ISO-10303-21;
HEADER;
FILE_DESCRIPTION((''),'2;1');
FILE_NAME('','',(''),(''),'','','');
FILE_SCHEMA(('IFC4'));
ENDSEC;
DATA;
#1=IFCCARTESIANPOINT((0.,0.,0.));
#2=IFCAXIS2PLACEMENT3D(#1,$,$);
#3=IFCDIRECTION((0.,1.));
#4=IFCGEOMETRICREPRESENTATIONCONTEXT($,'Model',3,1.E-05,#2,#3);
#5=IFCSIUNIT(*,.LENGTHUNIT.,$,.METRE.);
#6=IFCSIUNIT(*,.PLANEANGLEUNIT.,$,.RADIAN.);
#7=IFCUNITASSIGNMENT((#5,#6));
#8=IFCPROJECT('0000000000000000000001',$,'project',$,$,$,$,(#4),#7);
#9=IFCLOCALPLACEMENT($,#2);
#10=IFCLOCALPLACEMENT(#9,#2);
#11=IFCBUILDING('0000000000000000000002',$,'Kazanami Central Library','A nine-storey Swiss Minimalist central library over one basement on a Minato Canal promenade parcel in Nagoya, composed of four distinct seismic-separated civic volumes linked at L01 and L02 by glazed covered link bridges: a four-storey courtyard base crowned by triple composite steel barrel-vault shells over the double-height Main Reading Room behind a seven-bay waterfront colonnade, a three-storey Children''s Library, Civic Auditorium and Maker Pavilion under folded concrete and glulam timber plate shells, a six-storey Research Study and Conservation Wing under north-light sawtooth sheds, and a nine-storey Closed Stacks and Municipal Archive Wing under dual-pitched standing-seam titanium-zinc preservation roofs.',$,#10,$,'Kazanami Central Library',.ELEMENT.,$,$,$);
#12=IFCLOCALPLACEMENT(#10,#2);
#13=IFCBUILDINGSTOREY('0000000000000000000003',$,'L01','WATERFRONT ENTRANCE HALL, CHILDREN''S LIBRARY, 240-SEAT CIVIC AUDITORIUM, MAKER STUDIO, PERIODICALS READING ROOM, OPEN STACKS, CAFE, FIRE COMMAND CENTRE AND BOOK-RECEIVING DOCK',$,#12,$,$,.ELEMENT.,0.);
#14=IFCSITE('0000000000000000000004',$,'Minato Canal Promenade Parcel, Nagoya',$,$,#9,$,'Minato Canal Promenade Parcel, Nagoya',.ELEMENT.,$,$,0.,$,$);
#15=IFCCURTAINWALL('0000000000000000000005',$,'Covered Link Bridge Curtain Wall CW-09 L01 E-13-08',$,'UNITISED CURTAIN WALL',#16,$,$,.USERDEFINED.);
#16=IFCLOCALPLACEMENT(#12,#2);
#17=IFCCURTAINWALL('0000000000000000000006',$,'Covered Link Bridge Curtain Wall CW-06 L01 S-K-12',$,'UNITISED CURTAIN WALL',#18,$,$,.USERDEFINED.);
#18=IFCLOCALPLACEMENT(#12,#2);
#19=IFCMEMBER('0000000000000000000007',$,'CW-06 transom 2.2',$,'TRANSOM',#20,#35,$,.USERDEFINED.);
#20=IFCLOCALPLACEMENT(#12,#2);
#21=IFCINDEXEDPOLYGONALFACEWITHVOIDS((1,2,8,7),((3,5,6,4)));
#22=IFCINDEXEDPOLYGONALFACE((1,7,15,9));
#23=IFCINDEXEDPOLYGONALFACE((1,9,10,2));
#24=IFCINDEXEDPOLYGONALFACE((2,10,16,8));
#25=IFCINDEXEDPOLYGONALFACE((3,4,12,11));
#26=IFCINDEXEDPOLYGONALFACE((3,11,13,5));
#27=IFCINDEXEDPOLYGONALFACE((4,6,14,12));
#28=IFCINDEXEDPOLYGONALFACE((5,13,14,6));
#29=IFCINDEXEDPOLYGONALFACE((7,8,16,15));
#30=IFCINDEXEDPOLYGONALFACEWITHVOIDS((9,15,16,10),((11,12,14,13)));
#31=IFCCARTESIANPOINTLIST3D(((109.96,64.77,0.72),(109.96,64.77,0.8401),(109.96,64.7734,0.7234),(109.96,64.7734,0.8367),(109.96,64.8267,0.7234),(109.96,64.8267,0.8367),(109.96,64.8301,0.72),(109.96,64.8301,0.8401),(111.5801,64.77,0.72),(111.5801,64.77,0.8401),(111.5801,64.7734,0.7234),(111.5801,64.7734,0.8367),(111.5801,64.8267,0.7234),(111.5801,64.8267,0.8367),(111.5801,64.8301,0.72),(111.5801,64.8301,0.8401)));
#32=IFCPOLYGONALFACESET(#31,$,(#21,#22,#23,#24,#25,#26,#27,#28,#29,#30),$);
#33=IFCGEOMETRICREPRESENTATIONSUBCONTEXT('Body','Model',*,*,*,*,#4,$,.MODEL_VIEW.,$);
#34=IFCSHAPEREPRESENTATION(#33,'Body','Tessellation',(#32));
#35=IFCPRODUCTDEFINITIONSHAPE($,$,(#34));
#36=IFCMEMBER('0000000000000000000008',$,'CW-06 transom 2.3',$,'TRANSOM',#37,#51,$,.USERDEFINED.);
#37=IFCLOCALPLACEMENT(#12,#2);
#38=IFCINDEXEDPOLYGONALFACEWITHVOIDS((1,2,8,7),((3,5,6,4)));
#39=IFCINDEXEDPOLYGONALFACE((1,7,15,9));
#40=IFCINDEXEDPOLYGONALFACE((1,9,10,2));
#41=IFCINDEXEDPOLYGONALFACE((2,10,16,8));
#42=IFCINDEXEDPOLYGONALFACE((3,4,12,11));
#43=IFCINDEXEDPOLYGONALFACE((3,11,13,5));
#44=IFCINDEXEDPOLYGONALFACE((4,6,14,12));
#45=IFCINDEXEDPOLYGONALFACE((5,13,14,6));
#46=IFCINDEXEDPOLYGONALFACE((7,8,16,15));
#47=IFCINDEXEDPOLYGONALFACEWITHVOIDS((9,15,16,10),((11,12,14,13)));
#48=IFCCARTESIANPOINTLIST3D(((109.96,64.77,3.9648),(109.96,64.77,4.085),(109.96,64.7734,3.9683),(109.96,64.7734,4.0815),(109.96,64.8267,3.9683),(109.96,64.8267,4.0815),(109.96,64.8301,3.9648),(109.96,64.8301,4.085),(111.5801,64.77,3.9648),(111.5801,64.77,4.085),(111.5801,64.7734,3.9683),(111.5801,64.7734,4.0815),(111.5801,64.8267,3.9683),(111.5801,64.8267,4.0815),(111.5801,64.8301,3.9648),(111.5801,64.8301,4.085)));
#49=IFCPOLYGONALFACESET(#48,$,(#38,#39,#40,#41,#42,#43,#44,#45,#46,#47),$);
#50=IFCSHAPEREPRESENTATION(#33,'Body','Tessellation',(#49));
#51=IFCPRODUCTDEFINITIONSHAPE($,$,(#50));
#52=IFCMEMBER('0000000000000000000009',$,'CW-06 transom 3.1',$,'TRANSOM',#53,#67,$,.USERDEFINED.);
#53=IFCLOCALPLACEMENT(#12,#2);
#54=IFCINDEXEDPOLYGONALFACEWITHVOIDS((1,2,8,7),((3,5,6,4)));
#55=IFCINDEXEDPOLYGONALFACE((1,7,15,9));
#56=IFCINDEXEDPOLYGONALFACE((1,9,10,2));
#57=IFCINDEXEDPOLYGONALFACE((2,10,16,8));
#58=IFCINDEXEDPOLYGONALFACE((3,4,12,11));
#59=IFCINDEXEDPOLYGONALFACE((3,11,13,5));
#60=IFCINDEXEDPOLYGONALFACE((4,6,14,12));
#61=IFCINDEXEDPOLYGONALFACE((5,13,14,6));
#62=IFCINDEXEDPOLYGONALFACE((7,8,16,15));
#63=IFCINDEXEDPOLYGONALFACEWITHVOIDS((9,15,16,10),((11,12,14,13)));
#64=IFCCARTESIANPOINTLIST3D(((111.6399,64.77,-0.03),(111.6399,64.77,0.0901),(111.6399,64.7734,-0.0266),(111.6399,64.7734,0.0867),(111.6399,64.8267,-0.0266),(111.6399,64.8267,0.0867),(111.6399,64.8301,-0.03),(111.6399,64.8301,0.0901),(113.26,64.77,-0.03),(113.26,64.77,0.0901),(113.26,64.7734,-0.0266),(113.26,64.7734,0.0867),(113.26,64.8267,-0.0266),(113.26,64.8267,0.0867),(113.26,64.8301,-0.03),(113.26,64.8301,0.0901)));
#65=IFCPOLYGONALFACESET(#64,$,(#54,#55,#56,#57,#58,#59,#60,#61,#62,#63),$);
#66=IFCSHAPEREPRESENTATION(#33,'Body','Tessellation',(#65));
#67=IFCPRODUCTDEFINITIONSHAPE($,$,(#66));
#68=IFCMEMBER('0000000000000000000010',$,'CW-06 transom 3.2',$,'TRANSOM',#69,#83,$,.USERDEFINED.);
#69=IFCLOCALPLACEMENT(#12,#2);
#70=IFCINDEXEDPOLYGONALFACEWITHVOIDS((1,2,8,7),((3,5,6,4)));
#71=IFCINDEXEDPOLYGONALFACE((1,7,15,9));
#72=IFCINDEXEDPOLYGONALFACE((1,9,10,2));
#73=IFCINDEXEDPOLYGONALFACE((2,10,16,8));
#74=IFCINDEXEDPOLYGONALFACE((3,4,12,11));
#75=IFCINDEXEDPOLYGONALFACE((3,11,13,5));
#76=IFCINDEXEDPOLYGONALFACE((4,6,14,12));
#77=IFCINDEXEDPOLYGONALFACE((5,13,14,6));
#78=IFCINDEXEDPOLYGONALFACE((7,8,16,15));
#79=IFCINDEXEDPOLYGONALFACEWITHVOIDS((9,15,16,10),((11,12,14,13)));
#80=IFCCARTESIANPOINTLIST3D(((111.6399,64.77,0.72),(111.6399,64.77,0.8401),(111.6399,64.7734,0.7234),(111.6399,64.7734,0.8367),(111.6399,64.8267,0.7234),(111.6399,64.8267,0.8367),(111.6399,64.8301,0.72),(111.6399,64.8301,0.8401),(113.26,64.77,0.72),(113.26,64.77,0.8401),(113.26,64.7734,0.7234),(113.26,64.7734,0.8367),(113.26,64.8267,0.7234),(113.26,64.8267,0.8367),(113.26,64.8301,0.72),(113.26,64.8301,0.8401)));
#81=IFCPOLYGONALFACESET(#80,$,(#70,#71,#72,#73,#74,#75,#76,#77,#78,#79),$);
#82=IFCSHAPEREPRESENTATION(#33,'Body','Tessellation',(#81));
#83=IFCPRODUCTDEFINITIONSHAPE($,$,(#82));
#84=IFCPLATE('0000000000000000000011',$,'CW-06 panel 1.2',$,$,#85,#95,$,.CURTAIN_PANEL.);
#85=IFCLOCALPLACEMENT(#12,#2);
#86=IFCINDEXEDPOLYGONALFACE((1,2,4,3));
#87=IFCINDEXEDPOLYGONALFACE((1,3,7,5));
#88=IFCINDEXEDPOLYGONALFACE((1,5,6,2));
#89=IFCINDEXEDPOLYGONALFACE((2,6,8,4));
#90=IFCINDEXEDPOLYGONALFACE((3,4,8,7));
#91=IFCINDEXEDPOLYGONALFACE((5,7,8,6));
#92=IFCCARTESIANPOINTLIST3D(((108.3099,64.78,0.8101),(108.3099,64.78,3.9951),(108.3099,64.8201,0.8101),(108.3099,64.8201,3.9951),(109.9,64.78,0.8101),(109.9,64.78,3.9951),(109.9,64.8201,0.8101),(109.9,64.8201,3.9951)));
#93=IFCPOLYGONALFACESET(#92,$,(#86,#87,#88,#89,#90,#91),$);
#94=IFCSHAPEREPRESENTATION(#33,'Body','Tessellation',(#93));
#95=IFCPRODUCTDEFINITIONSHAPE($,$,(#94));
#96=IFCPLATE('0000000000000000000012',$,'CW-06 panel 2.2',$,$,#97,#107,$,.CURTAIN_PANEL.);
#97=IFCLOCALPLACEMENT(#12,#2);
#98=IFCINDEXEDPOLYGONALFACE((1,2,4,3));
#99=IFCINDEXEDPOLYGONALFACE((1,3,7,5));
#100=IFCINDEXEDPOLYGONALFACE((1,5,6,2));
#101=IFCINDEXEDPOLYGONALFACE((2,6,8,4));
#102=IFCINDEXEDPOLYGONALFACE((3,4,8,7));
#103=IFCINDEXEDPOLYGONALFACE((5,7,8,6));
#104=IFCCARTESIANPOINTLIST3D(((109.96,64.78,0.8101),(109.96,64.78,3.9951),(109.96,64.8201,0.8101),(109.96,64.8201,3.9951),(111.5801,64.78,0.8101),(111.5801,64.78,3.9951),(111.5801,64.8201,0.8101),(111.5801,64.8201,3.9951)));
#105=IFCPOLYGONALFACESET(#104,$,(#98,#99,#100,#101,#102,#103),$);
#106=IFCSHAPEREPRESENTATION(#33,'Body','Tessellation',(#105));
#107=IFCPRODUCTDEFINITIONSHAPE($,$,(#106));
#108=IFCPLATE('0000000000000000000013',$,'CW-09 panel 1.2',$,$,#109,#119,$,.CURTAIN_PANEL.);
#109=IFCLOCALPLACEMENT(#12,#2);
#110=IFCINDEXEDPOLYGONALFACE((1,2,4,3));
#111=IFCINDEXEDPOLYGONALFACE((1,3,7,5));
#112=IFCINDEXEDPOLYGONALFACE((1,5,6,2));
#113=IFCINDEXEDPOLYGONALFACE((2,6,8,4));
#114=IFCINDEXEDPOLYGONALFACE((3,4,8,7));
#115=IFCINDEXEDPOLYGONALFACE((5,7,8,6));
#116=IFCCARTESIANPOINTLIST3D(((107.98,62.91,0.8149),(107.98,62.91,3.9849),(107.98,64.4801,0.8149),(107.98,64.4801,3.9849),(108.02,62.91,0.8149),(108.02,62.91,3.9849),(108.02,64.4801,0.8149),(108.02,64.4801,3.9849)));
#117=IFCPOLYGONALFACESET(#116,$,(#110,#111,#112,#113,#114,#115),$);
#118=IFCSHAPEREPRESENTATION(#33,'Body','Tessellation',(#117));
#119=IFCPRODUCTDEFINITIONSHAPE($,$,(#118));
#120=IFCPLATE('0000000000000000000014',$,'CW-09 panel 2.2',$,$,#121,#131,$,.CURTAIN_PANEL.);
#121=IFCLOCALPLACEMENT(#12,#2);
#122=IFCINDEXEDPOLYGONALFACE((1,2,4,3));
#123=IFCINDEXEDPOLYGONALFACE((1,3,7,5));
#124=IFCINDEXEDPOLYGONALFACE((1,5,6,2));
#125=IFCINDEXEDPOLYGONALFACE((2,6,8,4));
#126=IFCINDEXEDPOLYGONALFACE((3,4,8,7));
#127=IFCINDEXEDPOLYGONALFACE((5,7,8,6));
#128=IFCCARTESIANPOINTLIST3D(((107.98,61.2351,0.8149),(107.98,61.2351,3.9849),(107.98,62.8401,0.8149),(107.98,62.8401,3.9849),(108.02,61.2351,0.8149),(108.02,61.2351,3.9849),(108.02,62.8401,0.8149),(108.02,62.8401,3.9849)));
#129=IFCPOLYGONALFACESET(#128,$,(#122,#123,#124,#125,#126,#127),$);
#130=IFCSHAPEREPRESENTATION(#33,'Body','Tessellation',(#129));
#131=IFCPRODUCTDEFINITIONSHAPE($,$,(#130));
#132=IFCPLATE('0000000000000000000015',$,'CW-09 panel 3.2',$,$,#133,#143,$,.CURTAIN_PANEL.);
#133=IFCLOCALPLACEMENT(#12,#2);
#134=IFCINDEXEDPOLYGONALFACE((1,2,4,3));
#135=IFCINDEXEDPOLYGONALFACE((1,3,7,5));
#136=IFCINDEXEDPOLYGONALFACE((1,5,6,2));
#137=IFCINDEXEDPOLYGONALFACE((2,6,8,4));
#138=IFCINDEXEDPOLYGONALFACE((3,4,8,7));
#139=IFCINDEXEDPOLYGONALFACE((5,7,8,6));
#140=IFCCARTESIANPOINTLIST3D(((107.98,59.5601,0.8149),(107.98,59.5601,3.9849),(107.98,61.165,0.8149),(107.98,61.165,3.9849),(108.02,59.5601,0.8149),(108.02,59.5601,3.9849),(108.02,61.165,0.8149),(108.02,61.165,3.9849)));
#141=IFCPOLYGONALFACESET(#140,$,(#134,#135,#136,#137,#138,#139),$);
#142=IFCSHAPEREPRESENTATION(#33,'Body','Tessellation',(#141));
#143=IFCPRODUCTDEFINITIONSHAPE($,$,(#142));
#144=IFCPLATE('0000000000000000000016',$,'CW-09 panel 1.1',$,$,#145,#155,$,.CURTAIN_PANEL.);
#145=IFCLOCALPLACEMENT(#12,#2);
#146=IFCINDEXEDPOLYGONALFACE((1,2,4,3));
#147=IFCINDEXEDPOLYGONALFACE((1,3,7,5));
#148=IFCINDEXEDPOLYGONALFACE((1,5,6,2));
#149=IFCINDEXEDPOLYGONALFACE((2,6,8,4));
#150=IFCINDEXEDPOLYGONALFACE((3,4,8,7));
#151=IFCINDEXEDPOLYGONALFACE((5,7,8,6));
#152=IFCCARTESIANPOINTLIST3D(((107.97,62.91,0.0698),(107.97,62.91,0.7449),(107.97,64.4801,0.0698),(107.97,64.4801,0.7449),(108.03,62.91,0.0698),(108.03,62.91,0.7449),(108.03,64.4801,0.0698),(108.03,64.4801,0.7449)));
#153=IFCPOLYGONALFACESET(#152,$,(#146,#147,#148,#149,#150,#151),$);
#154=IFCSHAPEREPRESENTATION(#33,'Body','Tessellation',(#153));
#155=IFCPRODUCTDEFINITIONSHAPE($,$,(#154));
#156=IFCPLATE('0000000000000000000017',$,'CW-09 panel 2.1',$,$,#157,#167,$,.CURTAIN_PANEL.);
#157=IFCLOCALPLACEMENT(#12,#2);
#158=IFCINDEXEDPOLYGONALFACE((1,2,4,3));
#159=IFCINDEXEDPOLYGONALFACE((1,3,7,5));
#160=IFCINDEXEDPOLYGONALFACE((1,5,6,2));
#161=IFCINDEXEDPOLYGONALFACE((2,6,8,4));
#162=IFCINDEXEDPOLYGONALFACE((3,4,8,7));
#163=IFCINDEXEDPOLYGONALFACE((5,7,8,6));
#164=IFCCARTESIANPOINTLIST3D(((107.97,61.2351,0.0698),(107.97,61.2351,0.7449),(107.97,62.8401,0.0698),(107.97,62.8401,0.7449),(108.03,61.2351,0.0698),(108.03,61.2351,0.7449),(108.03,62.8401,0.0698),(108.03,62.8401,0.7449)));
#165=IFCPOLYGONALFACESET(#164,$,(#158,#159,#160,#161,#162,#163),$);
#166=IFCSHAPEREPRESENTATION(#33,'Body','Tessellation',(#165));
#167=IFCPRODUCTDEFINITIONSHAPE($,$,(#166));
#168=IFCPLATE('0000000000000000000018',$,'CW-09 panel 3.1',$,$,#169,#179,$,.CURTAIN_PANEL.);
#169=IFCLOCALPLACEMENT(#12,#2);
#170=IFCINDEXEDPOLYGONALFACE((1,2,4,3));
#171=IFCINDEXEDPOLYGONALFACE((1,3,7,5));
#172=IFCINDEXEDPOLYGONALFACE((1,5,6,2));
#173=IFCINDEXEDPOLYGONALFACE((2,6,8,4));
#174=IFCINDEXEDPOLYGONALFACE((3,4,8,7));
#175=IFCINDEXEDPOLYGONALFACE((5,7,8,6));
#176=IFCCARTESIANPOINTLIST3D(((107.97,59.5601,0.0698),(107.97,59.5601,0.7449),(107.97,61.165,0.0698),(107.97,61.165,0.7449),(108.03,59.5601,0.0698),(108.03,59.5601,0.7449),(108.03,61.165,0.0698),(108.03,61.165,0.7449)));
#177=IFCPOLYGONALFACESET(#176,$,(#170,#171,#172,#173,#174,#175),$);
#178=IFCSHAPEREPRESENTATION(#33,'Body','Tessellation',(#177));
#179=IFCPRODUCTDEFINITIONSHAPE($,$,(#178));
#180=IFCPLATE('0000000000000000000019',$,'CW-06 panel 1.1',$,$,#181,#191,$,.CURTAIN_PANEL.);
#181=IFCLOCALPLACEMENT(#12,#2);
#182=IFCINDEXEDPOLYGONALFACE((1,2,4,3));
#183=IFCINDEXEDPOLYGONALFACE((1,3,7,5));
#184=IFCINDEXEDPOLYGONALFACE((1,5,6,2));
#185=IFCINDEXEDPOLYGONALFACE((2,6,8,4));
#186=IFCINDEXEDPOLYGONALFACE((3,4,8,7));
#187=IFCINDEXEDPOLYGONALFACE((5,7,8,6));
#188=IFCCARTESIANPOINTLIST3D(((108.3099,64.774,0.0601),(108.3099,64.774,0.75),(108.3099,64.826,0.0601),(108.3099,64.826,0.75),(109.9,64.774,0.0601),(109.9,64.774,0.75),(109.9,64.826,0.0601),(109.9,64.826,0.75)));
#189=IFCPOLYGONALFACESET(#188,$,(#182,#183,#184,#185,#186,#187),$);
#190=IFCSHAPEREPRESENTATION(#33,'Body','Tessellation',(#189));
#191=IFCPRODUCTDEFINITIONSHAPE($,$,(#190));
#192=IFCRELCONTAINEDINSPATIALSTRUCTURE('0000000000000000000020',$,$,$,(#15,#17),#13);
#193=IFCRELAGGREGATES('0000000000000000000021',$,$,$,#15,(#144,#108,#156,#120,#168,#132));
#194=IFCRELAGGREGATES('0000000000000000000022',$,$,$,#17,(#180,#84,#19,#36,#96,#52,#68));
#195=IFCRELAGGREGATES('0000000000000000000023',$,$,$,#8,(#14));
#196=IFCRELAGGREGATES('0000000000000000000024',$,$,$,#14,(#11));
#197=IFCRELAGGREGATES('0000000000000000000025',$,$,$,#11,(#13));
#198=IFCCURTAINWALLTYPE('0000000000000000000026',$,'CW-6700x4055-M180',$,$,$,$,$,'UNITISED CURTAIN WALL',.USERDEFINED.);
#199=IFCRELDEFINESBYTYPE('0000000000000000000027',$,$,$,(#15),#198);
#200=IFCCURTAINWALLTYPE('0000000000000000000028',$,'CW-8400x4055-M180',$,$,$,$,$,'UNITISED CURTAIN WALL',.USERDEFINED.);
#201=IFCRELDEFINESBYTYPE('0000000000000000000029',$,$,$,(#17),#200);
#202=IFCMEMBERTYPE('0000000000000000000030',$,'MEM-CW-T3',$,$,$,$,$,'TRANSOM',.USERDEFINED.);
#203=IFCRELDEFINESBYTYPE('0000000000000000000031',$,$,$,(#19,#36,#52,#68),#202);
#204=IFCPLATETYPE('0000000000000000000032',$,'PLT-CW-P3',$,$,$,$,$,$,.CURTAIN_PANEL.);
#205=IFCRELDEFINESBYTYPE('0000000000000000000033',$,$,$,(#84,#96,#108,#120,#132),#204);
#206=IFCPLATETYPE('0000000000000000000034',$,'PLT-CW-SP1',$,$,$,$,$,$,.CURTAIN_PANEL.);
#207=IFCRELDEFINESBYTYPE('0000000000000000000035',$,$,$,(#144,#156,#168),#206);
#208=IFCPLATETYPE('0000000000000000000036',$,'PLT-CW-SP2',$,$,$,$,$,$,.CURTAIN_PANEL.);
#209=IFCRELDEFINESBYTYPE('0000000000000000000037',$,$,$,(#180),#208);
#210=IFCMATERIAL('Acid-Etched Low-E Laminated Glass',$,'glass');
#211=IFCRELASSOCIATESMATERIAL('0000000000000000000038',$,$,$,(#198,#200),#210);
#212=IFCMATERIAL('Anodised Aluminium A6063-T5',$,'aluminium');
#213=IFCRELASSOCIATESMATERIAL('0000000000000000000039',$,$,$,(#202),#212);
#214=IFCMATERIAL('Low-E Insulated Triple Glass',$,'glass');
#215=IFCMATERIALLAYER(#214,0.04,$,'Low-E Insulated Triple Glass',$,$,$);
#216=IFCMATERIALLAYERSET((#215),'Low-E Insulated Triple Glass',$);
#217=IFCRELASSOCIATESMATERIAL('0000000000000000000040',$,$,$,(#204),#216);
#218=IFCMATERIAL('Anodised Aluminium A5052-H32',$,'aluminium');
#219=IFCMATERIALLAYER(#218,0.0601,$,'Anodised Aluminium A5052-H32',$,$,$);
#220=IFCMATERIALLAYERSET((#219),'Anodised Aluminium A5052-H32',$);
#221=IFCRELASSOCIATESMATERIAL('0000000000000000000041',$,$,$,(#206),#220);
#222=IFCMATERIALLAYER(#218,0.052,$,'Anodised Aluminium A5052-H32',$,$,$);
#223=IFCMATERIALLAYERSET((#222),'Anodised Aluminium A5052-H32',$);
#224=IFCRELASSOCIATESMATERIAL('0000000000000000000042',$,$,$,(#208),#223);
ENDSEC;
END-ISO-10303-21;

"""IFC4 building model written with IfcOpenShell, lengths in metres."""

from ifc_helpers import new_model, si_unit, direction, frame, origin, origin_2d, place, context, subcontext, project, spatial, rectangle, hollow_rectangle, extrude, material, layer, layer_set, material_profile, profile_set, type_object, element, aggregate, save


model = new_model("IFC4")

# Units and contexts
model_context = context("Model", 3, precision=1e-05, world=origin(), true_north=direction((0.0, 1.0)))
body_context = subcontext(model_context, "Body", "Model", "MODEL_VIEW")
ifc_project = project(units=[si_unit("LENGTHUNIT", "METRE"), si_unit("PLANEANGLEUNIT", "RADIAN")], contexts=[model_context])

# Site, building, storey
site_placement = place(None, origin())
site = spatial("IfcSite", under=ifc_project, at=site_placement, Name="Minato Canal Promenade Parcel, Nagoya", LongName="Minato Canal Promenade Parcel, Nagoya", CompositionType="ELEMENT", RefElevation=0.0)
building_placement = place(site_placement, origin())
building = spatial("IfcBuilding", under=site, at=building_placement, Name="Kazanami Central Library", Description="A nine-storey Swiss Minimalist central library over one basement on a Minato Canal promenade parcel in Nagoya, composed of four distinct seismic-separated civic volumes linked at L01 and L02 by glazed covered link bridges: a four-storey courtyard base crowned by triple composite steel barrel-vault shells over the double-height Main Reading Room behind a seven-bay waterfront colonnade, a three-storey Children's Library, Civic Auditorium and Maker Pavilion under folded concrete and glulam timber plate shells, a six-storey Research Study and Conservation Wing under north-light sawtooth sheds, and a nine-storey Closed Stacks and Municipal Archive Wing under dual-pitched standing-seam titanium-zinc preservation roofs.", LongName="Kazanami Central Library", CompositionType="ELEMENT")
storey_placement = place(building_placement, origin())
storey = spatial("IfcBuildingStorey", under=building, at=storey_placement, Name="L01", Description="WATERFRONT ENTRANCE HALL, CHILDREN'S LIBRARY, 240-SEAT CIVIC AUDITORIUM, MAKER STUDIO, PERIODICALS READING ROOM, OPEN STACKS, CAFE, FIRE COMMAND CENTRE AND BOOK-RECEIVING DOCK", CompositionType="ELEMENT", Elevation=0.0)

# Curtain walls
ifc_material_1 = material(Name="Acid-Etched Low-E Laminated Glass", Category="glass")
curtain_wall_type_1 = type_object("IfcCurtainWallType", Name="CW-6700x4055-M180", ElementType="UNITISED CURTAIN WALL", PredefinedType="USERDEFINED", material=ifc_material_1)
curtain_wall_1_placement = place(storey_placement, origin())
curtain_wall_1 = element("IfcCurtainWall", 1, at=curtain_wall_1_placement, inside=storey, type_object=curtain_wall_type_1, Name="Covered Link Bridge Curtain Wall CW-09 L01 E-13-08", ObjectType="UNITISED CURTAIN WALL", PredefinedType="USERDEFINED")
ifc_material_2 = material(Name="Anodised Aluminium A6063-T5", Category="aluminium")
curtain_wall_type_2 = type_object("IfcCurtainWallType", Name="CW-8400x4055-M180", ElementType="UNITISED CURTAIN WALL", PredefinedType="USERDEFINED", material=ifc_material_1)
curtain_wall_2_placement = place(storey_placement, origin())
curtain_wall_2 = element("IfcCurtainWall", 2, at=curtain_wall_2_placement, inside=storey, type_object=curtain_wall_type_2, Name="Covered Link Bridge Curtain Wall CW-06 L01 S-K-12", ObjectType="UNITISED CURTAIN WALL", PredefinedType="USERDEFINED")

# Members
ifc_material_profile_1 = material_profile(ifc_material_2, hollow_rectangle(XDim=0.0601, YDim=0.1201, WallThickness=0.0034, at=origin_2d()), Name="ALU-TRAN-60x120x3.5")
ifc_profile_set_1 = profile_set([ifc_material_profile_1], Name="Anodised Aluminium A6063-T5")
member_type_1 = type_object("IfcMemberType", Name="MEM-CW-T3", ElementType="TRANSOM", PredefinedType="USERDEFINED", material=ifc_profile_set_1)
member_1_placement = place(storey_placement, frame((109.96, 64.8, 0.78), z_axis=(1.0, 0.0, 0.0), x_axis=(0.0, 1.0, 0.0)))
member_1 = element("IfcMember", 3, at=member_1_placement, type_object=member_type_1, Name="CW-06 transom 2.2", ObjectType="TRANSOM", PredefinedType="USERDEFINED", context=body_context, shape_type="SweptSolid", body=[
    extrude(hollow_rectangle(XDim=0.0601, YDim=0.1201, WallThickness=0.0034, at=origin_2d()), origin(), (0.0, 0.0, 1.0), 1.6201),
])
member_2_placement = place(storey_placement, frame((109.96, 64.8, 4.0249), z_axis=(1.0, 0.0, 0.0), x_axis=(0.0, 1.0, 0.0)))
member_2 = element("IfcMember", 4, at=member_2_placement, type_object=member_type_1, Name="CW-06 transom 2.3", ObjectType="TRANSOM", PredefinedType="USERDEFINED", context=body_context, shape_type="SweptSolid", body=[
    extrude(hollow_rectangle(XDim=0.0601, YDim=0.1201, WallThickness=0.0034, at=origin_2d()), origin(), (0.0, 0.0, 1.0), 1.6201),
])
member_3_placement = place(storey_placement, frame((111.6399, 64.8, 0.03), z_axis=(1.0, 0.0, 0.0), x_axis=(0.0, 1.0, 0.0)))
member_3 = element("IfcMember", 5, at=member_3_placement, type_object=member_type_1, Name="CW-06 transom 3.1", ObjectType="TRANSOM", PredefinedType="USERDEFINED", context=body_context, shape_type="SweptSolid", body=[
    extrude(hollow_rectangle(XDim=0.0601, YDim=0.1201, WallThickness=0.0034, at=origin_2d()), origin(), (0.0, 0.0, 1.0), 1.6201),
])
member_4_placement = place(storey_placement, frame((111.6399, 64.8, 0.78), z_axis=(1.0, 0.0, 0.0), x_axis=(0.0, 1.0, 0.0)))
member_4 = element("IfcMember", 6, at=member_4_placement, type_object=member_type_1, Name="CW-06 transom 3.2", ObjectType="TRANSOM", PredefinedType="USERDEFINED", context=body_context, shape_type="SweptSolid", body=[
    extrude(hollow_rectangle(XDim=0.0601, YDim=0.1201, WallThickness=0.0034, at=origin_2d()), origin(), (0.0, 0.0, 1.0), 1.6201),
])

# Plates
ifc_material_3 = material(Name="Low-E Insulated Triple Glass", Category="glass")
ifc_layer_1 = layer(ifc_material_3, 0.04, Name="Low-E Insulated Triple Glass")
ifc_layer_set_1 = layer_set([ifc_layer_1], Name="Low-E Insulated Triple Glass")
plate_type_1 = type_object("IfcPlateType", Name="PLT-CW-P3", PredefinedType="CURTAIN_PANEL", material=ifc_layer_set_1)
plate_1_placement = place(storey_placement, frame((109.105, 64.8, 0.8101), z_axis=(0.0, 0.0, 1.0), x_axis=(1.0, 0.0, 0.0)))
plate_1 = element("IfcPlate", 7, at=plate_1_placement, type_object=plate_type_1, Name="CW-06 panel 1.2", PredefinedType="CURTAIN_PANEL", context=body_context, shape_type="SweptSolid", body=[
    extrude(rectangle(XDim=1.5901, YDim=0.04, at=origin_2d()), origin(), (0.0, 0.0, 1.0), 3.1851),
])
plate_2_placement = place(storey_placement, frame((110.77, 64.8, 0.8101), z_axis=(0.0, 0.0, 1.0), x_axis=(1.0, 0.0, 0.0)))
plate_2 = element("IfcPlate", 8, at=plate_2_placement, type_object=plate_type_1, Name="CW-06 panel 2.2", PredefinedType="CURTAIN_PANEL", context=body_context, shape_type="SweptSolid", body=[
    extrude(rectangle(XDim=1.6201, YDim=0.04, at=origin_2d()), origin(), (0.0, 0.0, 1.0), 3.1851),
])
plate_3_placement = place(storey_placement, frame((108.0, 63.6951, 0.8149), z_axis=(0.0, 0.0, 1.0), x_axis=(0.0, -1.0, 0.0)))
plate_3 = element("IfcPlate", 9, at=plate_3_placement, type_object=plate_type_1, Name="CW-09 panel 1.2", PredefinedType="CURTAIN_PANEL", context=body_context, shape_type="SweptSolid", body=[
    extrude(rectangle(XDim=1.5701, YDim=0.04, at=origin_2d()), origin(), (0.0, 0.0, 1.0), 3.1699),
])
plate_4_placement = place(storey_placement, frame((108.0, 62.0376, 0.8149), z_axis=(0.0, 0.0, 1.0), x_axis=(0.0, -1.0, 0.0)))
plate_4 = element("IfcPlate", 10, at=plate_4_placement, type_object=plate_type_1, Name="CW-09 panel 2.2", PredefinedType="CURTAIN_PANEL", context=body_context, shape_type="SweptSolid", body=[
    extrude(rectangle(XDim=1.605, YDim=0.04, at=origin_2d()), origin(), (0.0, 0.0, 1.0), 3.1699),
])
plate_5_placement = place(storey_placement, frame((108.0, 60.3625, 0.8149), z_axis=(0.0, 0.0, 1.0), x_axis=(0.0, -1.0, 0.0)))
plate_5 = element("IfcPlate", 11, at=plate_5_placement, type_object=plate_type_1, Name="CW-09 panel 3.2", PredefinedType="CURTAIN_PANEL", context=body_context, shape_type="SweptSolid", body=[
    extrude(rectangle(XDim=1.605, YDim=0.04, at=origin_2d()), origin(), (0.0, 0.0, 1.0), 3.1699),
])
ifc_material_4 = material(Name="Anodised Aluminium A5052-H32", Category="aluminium")
ifc_layer_2 = layer(ifc_material_4, 0.0601, Name="Anodised Aluminium A5052-H32")
ifc_layer_set_2 = layer_set([ifc_layer_2], Name="Anodised Aluminium A5052-H32")
plate_type_2 = type_object("IfcPlateType", Name="PLT-CW-SP1", PredefinedType="CURTAIN_PANEL", material=ifc_layer_set_2)
plate_6_placement = place(storey_placement, frame((108.0, 63.6951, 0.0698), z_axis=(0.0, 0.0, 1.0), x_axis=(0.0, -1.0, 0.0)))
plate_6 = element("IfcPlate", 12, at=plate_6_placement, type_object=plate_type_2, Name="CW-09 panel 1.1", PredefinedType="CURTAIN_PANEL", context=body_context, shape_type="SweptSolid", body=[
    extrude(rectangle(XDim=1.5701, YDim=0.0601, at=origin_2d()), origin(), (0.0, 0.0, 1.0), 0.675),
])
plate_7_placement = place(storey_placement, frame((108.0, 62.0376, 0.0698), z_axis=(0.0, 0.0, 1.0), x_axis=(0.0, -1.0, 0.0)))
plate_7 = element("IfcPlate", 13, at=plate_7_placement, type_object=plate_type_2, Name="CW-09 panel 2.1", PredefinedType="CURTAIN_PANEL", context=body_context, shape_type="SweptSolid", body=[
    extrude(rectangle(XDim=1.605, YDim=0.0601, at=origin_2d()), origin(), (0.0, 0.0, 1.0), 0.675),
])
plate_8_placement = place(storey_placement, frame((108.0, 60.3625, 0.0698), z_axis=(0.0, 0.0, 1.0), x_axis=(0.0, -1.0, 0.0)))
plate_8 = element("IfcPlate", 14, at=plate_8_placement, type_object=plate_type_2, Name="CW-09 panel 3.1", PredefinedType="CURTAIN_PANEL", context=body_context, shape_type="SweptSolid", body=[
    extrude(rectangle(XDim=1.605, YDim=0.0601, at=origin_2d()), origin(), (0.0, 0.0, 1.0), 0.675),
])
aggregate(curtain_wall_1, [plate_6, plate_3, plate_7, plate_4, plate_8, plate_5])
ifc_layer_3 = layer(ifc_material_4, 0.052, Name="Anodised Aluminium A5052-H32")
ifc_layer_set_3 = layer_set([ifc_layer_3], Name="Anodised Aluminium A5052-H32")
plate_type_3 = type_object("IfcPlateType", Name="PLT-CW-SP2", PredefinedType="CURTAIN_PANEL", material=ifc_layer_set_3)
plate_9_placement = place(storey_placement, frame((109.105, 64.8, 0.0601), z_axis=(0.0, 0.0, 1.0), x_axis=(1.0, 0.0, 0.0)))
plate_9 = element("IfcPlate", 15, at=plate_9_placement, type_object=plate_type_3, Name="CW-06 panel 1.1", PredefinedType="CURTAIN_PANEL", context=body_context, shape_type="SweptSolid", body=[
    extrude(rectangle(XDim=1.5901, YDim=0.052, at=origin_2d()), origin(), (0.0, 0.0, 1.0), 0.6899),
])
aggregate(curtain_wall_2, [plate_9, plate_1, member_1, member_2, plate_2, member_3, member_4])

save(model, "model.ifc")
